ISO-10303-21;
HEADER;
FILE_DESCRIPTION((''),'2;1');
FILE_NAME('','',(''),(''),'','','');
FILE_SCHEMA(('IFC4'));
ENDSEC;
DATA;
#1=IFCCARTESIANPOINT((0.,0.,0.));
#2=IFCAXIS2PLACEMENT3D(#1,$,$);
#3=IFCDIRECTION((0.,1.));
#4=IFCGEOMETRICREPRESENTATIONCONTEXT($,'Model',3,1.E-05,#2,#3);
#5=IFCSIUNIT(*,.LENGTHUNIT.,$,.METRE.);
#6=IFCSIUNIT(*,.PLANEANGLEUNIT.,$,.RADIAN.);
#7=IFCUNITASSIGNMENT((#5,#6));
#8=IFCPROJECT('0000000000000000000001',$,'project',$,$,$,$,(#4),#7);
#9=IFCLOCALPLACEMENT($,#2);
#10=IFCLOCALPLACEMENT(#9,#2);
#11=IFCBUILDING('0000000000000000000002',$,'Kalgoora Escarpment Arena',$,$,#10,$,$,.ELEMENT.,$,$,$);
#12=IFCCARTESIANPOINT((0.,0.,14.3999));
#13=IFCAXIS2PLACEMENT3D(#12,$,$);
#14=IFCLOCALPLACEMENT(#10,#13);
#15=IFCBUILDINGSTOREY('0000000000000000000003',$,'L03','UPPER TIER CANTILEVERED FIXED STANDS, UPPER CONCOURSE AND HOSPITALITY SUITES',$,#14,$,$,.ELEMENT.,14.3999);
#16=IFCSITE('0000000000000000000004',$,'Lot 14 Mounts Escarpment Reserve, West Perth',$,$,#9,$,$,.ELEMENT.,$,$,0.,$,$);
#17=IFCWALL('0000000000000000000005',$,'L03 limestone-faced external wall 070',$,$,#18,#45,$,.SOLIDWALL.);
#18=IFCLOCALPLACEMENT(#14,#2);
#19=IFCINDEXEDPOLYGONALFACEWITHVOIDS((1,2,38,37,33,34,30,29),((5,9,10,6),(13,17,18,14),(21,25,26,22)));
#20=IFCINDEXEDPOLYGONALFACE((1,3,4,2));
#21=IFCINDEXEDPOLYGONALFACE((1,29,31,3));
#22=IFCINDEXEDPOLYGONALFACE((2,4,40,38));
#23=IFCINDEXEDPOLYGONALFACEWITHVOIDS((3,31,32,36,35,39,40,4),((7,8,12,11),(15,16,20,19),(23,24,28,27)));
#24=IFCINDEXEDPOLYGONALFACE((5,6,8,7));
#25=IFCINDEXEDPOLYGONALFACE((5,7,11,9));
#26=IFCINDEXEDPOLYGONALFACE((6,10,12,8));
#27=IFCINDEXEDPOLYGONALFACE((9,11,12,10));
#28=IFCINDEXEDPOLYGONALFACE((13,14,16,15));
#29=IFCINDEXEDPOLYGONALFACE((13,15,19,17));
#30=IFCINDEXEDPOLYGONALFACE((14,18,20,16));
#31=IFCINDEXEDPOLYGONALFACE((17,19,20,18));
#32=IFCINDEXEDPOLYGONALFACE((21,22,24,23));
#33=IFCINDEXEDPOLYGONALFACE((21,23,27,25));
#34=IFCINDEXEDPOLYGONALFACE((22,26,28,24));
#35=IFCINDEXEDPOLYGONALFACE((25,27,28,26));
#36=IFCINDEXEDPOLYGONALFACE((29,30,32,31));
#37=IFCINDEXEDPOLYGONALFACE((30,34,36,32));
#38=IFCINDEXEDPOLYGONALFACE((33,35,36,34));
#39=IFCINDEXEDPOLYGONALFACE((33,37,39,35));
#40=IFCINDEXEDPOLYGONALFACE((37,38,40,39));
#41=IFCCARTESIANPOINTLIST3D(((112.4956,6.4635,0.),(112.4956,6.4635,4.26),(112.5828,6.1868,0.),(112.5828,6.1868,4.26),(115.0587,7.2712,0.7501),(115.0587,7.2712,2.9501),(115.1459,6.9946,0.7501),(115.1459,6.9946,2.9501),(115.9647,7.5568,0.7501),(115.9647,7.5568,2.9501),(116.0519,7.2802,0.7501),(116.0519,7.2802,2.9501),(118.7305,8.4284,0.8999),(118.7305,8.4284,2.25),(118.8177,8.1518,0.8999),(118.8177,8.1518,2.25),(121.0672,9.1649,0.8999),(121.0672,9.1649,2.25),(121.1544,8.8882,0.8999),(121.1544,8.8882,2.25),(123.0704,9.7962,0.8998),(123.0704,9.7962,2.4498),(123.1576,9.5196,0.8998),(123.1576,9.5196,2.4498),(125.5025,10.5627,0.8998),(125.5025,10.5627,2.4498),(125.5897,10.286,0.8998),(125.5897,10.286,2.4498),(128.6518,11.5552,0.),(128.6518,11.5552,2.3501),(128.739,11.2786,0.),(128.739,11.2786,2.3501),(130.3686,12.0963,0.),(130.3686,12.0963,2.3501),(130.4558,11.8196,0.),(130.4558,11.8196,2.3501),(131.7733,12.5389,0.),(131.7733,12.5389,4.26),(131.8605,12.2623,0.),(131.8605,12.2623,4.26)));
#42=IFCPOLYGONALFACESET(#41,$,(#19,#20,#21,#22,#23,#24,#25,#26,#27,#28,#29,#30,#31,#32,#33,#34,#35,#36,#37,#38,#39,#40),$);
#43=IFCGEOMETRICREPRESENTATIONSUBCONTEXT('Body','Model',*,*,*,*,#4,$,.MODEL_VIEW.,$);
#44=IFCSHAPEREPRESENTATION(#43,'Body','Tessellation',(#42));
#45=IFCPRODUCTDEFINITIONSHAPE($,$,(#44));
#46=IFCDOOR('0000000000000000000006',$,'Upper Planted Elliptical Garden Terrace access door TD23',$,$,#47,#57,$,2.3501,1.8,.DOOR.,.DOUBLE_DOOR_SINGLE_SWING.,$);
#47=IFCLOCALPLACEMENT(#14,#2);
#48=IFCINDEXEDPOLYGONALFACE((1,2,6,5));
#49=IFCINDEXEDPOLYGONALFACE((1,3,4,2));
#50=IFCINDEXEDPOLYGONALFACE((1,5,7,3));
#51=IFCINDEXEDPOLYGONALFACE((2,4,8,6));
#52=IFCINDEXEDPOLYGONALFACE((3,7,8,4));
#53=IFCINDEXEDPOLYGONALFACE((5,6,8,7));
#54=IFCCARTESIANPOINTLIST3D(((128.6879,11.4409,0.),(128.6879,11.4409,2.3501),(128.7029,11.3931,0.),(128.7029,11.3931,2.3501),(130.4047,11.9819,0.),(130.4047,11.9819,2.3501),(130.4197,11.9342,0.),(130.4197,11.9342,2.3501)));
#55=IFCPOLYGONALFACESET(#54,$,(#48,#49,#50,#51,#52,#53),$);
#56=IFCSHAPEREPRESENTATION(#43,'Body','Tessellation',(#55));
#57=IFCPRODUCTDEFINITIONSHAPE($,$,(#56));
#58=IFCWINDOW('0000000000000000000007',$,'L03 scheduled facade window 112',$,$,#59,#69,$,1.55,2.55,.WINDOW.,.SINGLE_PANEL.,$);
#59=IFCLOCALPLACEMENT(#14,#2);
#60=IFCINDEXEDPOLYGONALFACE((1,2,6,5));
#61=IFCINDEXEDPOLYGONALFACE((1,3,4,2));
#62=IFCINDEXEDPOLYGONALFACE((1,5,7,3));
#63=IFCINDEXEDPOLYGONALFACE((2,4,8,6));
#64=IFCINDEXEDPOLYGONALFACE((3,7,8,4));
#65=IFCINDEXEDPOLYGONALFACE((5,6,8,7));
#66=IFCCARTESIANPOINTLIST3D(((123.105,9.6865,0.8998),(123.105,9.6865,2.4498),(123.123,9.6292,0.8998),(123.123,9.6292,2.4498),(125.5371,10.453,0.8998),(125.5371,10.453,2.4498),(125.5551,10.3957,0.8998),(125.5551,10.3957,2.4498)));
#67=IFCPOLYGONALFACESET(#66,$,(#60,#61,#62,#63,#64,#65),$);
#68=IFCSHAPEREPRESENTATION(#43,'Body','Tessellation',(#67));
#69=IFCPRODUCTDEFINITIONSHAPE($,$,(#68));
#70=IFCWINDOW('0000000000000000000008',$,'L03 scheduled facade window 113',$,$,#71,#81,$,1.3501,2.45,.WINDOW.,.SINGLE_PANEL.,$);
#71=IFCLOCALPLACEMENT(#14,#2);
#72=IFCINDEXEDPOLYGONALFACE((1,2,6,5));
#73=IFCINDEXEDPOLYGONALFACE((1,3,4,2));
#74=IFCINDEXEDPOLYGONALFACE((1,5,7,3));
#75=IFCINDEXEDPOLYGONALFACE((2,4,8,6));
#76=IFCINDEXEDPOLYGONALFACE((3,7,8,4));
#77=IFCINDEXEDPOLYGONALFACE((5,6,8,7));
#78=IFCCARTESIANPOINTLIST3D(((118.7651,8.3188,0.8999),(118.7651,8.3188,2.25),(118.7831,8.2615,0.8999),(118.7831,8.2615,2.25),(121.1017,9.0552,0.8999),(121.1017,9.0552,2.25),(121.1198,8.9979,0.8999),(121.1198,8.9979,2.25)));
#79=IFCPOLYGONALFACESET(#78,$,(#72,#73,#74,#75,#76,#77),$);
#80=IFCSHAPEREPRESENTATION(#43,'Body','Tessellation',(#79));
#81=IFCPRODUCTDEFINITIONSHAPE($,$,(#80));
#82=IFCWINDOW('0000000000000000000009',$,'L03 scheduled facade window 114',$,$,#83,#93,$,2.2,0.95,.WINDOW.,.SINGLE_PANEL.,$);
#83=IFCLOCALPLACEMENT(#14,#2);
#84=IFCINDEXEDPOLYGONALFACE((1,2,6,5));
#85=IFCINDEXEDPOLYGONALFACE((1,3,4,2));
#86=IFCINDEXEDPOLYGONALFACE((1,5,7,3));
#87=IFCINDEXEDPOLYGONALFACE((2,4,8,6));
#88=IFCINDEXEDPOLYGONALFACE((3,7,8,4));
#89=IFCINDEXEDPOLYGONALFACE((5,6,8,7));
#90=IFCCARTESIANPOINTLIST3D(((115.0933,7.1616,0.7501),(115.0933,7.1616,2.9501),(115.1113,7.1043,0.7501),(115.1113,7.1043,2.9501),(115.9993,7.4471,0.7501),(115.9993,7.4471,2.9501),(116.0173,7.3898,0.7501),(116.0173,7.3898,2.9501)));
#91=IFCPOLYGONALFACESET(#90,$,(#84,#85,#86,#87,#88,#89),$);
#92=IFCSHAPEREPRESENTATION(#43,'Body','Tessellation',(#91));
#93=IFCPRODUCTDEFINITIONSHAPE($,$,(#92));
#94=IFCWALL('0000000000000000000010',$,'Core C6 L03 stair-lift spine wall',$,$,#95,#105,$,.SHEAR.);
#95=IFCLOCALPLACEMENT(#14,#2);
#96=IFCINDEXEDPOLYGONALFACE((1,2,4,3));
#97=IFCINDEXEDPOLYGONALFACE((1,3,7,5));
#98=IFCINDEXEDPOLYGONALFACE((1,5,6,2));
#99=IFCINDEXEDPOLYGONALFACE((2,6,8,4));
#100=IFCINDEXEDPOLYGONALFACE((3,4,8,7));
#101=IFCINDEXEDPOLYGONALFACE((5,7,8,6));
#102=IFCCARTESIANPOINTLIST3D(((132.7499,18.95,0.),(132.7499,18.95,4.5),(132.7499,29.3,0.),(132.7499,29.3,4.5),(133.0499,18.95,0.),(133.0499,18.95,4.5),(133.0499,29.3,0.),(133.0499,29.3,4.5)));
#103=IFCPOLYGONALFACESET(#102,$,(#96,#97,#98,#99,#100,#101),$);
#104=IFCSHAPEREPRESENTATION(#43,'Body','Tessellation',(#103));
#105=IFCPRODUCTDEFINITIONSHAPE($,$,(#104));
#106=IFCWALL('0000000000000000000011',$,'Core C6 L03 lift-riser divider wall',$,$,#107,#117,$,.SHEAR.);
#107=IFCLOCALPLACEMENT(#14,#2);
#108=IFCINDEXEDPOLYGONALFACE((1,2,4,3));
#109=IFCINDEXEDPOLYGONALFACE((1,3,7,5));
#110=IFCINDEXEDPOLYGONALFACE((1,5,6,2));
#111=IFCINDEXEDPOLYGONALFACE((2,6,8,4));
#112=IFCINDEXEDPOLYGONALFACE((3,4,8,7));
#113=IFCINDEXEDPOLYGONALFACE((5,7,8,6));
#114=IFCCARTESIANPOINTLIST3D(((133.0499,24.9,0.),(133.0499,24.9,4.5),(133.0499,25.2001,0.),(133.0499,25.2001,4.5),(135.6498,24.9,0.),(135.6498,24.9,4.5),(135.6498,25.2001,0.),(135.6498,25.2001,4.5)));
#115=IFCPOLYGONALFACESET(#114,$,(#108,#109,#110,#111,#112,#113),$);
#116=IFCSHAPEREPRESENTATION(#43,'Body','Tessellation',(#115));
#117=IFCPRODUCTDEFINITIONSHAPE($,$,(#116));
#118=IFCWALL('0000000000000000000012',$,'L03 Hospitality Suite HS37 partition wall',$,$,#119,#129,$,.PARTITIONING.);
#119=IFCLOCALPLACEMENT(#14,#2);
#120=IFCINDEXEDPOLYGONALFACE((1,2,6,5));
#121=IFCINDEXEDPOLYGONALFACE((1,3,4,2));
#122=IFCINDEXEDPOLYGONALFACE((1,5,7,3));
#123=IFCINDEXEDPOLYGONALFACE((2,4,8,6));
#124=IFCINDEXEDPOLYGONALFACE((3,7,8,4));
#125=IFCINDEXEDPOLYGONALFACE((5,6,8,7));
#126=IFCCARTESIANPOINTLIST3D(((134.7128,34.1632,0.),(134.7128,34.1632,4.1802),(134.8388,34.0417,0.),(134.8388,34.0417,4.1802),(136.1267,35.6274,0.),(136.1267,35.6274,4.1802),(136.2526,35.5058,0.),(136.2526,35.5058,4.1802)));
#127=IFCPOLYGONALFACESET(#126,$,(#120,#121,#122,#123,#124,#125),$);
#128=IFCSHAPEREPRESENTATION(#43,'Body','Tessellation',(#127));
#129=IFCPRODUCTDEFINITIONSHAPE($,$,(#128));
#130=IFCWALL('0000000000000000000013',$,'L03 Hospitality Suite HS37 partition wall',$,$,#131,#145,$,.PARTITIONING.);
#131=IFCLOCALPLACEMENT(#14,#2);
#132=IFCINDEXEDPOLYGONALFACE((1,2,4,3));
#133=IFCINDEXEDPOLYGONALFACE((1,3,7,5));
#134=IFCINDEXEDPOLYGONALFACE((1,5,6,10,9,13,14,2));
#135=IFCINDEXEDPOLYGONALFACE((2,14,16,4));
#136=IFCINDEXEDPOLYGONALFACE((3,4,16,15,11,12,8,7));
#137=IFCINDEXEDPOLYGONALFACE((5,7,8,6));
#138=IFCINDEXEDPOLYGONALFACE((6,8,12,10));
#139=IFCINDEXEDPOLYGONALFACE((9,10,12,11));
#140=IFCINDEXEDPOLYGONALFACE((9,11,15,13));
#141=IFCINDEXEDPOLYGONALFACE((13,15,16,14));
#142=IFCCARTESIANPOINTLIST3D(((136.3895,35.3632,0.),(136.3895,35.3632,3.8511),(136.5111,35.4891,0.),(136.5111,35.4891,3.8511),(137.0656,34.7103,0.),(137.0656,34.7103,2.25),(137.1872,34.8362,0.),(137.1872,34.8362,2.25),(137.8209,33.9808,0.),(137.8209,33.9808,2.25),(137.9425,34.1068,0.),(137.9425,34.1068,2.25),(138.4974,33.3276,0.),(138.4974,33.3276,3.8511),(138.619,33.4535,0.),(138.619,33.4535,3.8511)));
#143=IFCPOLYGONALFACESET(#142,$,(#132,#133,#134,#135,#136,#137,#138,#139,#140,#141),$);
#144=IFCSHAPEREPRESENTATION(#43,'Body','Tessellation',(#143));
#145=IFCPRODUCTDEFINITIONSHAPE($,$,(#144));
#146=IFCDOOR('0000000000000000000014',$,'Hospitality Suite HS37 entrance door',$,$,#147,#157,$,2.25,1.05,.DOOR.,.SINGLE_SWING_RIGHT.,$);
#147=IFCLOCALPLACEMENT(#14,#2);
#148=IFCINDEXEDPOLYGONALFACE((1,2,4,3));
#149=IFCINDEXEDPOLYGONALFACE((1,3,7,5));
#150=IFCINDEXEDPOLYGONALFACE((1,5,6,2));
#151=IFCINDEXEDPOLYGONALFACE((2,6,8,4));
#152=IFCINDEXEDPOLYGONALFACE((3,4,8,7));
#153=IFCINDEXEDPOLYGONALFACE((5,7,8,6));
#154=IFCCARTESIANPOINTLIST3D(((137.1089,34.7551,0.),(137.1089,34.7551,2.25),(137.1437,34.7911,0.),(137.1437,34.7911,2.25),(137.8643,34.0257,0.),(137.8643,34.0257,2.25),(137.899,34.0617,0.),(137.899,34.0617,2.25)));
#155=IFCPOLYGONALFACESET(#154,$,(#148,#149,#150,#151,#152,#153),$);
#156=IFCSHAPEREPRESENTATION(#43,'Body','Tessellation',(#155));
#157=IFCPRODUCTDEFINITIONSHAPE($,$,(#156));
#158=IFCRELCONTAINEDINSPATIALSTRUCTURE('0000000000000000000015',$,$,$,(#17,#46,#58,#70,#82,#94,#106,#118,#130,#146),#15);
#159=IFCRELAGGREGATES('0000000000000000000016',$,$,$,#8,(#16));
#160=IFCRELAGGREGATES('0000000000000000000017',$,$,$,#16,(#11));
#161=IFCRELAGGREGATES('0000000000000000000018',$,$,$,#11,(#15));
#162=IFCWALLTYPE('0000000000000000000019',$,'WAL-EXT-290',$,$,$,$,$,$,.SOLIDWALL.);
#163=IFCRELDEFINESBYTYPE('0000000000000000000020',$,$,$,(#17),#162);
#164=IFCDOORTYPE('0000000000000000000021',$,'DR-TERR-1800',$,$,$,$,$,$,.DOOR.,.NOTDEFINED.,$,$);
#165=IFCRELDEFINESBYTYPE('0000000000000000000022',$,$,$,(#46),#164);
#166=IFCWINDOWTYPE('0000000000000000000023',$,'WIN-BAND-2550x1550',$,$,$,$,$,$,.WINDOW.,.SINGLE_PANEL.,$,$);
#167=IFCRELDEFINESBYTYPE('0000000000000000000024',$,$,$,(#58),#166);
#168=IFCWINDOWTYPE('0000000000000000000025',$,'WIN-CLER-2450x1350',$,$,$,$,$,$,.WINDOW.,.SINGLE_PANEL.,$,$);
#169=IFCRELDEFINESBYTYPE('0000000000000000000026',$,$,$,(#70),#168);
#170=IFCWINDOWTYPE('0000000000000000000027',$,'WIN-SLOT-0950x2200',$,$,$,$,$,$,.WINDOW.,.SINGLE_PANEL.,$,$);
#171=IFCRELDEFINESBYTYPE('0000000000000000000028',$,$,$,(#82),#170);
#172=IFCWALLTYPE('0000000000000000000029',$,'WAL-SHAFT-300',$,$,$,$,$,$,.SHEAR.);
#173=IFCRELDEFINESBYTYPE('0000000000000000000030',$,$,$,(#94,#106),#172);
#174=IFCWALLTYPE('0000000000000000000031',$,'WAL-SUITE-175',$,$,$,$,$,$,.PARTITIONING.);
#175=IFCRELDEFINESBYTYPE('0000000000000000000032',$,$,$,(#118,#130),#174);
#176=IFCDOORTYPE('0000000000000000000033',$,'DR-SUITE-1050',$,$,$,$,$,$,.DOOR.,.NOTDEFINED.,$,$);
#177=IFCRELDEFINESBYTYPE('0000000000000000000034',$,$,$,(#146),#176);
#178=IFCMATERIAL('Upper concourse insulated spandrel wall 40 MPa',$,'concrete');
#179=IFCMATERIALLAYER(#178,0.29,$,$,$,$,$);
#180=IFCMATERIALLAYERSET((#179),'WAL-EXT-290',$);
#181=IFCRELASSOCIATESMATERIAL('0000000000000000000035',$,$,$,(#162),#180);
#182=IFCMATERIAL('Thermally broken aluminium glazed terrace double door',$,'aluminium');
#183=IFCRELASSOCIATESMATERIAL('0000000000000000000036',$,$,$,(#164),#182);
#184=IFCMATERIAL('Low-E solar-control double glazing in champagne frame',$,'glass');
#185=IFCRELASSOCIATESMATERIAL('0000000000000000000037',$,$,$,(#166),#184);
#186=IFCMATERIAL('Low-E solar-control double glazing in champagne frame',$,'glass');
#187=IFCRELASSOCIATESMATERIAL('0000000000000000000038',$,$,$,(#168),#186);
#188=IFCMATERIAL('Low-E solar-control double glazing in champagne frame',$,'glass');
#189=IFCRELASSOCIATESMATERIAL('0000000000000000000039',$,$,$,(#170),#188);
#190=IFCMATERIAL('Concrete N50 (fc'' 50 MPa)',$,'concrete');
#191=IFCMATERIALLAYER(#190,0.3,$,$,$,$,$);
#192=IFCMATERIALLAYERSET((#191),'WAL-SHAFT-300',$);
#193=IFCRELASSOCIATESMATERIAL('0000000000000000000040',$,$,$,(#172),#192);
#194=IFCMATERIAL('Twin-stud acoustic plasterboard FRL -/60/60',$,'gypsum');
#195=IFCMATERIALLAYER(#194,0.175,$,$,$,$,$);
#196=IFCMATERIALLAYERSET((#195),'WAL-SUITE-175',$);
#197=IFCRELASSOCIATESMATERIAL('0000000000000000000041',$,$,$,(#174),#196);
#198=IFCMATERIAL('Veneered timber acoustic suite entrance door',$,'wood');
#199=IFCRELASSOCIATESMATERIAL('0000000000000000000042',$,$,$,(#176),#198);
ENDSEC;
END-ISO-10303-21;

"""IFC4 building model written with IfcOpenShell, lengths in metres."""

from ifc_helpers import new_model, si_unit, direction, frame, frame_2d, origin, place, context, subcontext, project, spatial, rectangle, extrude, material, layer, layer_set, type_object, element, fill, save


model = new_model("IFC4")

# Units and contexts
model_context = context("Model", 3, precision=1e-05, world=origin(), true_north=direction((0.0, 1.0)))
body_context = subcontext(model_context, "Body", "Model", "MODEL_VIEW")
ifc_project = project(units=[si_unit("LENGTHUNIT", "METRE"), si_unit("PLANEANGLEUNIT", "RADIAN")], contexts=[model_context])

# Site, building, storey
site_placement = place(None, origin())
site = spatial("IfcSite", under=ifc_project, at=site_placement, Name="Lot 14 Mounts Escarpment Reserve, West Perth", CompositionType="ELEMENT", RefElevation=0.0)
building_placement = place(site_placement, origin())
building = spatial("IfcBuilding", under=site, at=building_placement, Name="Kalgoora Escarpment Arena", CompositionType="ELEMENT")
storey_placement = place(building_placement, frame((0.0, 0.0, 14.3999)))
storey = spatial("IfcBuildingStorey", under=building, at=storey_placement, Name="L03", Description="UPPER TIER CANTILEVERED FIXED STANDS, UPPER CONCOURSE AND HOSPITALITY SUITES", CompositionType="ELEMENT", Elevation=14.3999)

# Wall, openings, door, windows
ifc_material_1 = material(Name="Upper concourse insulated spandrel wall 40 MPa", Category="concrete")
ifc_layer_1 = layer(ifc_material_1, 0.29)
ifc_layer_set_1 = layer_set([ifc_layer_1], Name="WAL-EXT-290")
wall_type_1 = type_object("IfcWallType", Name="WAL-EXT-290", PredefinedType="SOLIDWALL", material=ifc_layer_set_1)
wall_1_placement = place(storey_placement, frame((131.8169, 12.4006, 0.0), z_axis=(0.0, 0.0, 1.0), x_axis=(-0.953756, -0.300582, 0.0)))
wall_1 = element("IfcWall", 1, at=wall_1_placement, inside=storey, type_object=wall_type_1, Name="L03 limestone-faced external wall 070", PredefinedType="SOLIDWALL", context=body_context, shape_type="SweptSolid", body=[
    extrude(rectangle(XDim=20.2124, YDim=0.29, at=frame_2d((10.1062, 0.0))), origin(), (0.0, 0.0, 1.0), 4.26),
])
opening_1_placement = place(wall_1_placement, frame((1.4729, 0.0, 0.0)))
opening_1 = element("IfcOpeningElement", 2, at=opening_1_placement, cuts=wall_1, PredefinedType="OPENING", context=body_context, shape_type="SweptSolid", body=[
    extrude(rectangle(XDim=1.8, YDim=2.3501, at=frame_2d((0.8999, 1.175))), frame((0.0, 0.155, 0.0), z_axis=(0.0, -1.0, 0.0), x_axis=(1.0, 0.0, 0.0)), (0.0, 0.0, 1.0), 0.3101),
])
opening_2_placement = place(wall_1_placement, frame((6.575, 0.0, 0.8999)))
opening_2 = element("IfcOpeningElement", 3, at=opening_2_placement, cuts=wall_1, PredefinedType="OPENING", context=body_context, shape_type="SweptSolid", body=[
    extrude(rectangle(XDim=2.55, YDim=1.55, at=frame_2d((1.2749, 0.7749))), frame((0.0, 0.155, 0.0), z_axis=(0.0, -1.0, 0.0), x_axis=(1.0, 0.0, 0.0)), (0.0, 0.0, 1.0), 0.3101),
])
opening_3_placement = place(wall_1_placement, frame((11.2251, 0.0, 0.8999)))
opening_3 = element("IfcOpeningElement", 4, at=opening_3_placement, cuts=wall_1, PredefinedType="OPENING", context=body_context, shape_type="SweptSolid", body=[
    extrude(rectangle(XDim=2.45, YDim=1.3501, at=frame_2d((1.2251, 0.675))), frame((0.0, 0.155, 0.0), z_axis=(0.0, -1.0, 0.0), x_axis=(1.0, 0.0, 0.0)), (0.0, 0.0, 1.0), 0.3101),
])
opening_4_placement = place(wall_1_placement, frame((16.575, 0.0, 0.75)))
opening_4 = element("IfcOpeningElement", 5, at=opening_4_placement, cuts=wall_1, PredefinedType="OPENING", context=body_context, shape_type="SweptSolid", body=[
    extrude(rectangle(XDim=0.95, YDim=2.2, at=frame_2d((0.4751, 1.1001))), frame((0.0, 0.155, 0.0), z_axis=(0.0, -1.0, 0.0), x_axis=(1.0, 0.0, 0.0)), (0.0, 0.0, 1.0), 0.3101),
])
ifc_material_2 = material(Name="Thermally broken aluminium glazed terrace double door", Category="aluminium")
door_type_1 = type_object("IfcDoorType", Name="DR-TERR-1800", OperationType="NOTDEFINED", PredefinedType="DOOR", material=ifc_material_2)
door_1_placement = place(opening_1_placement, origin())
door_1 = element("IfcDoor", 6, at=door_1_placement, inside=storey, type_object=door_type_1, Name="Upper Planted Elliptical Garden Terrace access door TD23", OperationType="DOUBLE_DOOR_SINGLE_SWING", OverallHeight=2.3501, OverallWidth=1.8, PredefinedType="DOOR", context=body_context, shape_type="SweptSolid", body=[
    extrude(rectangle(XDim=1.8, YDim=2.3501, at=frame_2d((0.8999, 1.175))), frame((0.0, 0.0249, 0.0), z_axis=(0.0, -1.0, 0.0), x_axis=(1.0, 0.0, 0.0)), (0.0, 0.0, 1.0), 0.05),
])
fill(opening_1, door_1)
ifc_material_3 = material(Name="Low-E solar-control double glazing in champagne frame", Category="glass")
window_type_1 = type_object("IfcWindowType", Name="WIN-BAND-2550x1550", PartitioningType="SINGLE_PANEL", PredefinedType="WINDOW", material=ifc_material_3)
window_1_placement = place(opening_2_placement, origin())
window_1 = element("IfcWindow", 7, at=window_1_placement, inside=storey, type_object=window_type_1, Name="L03 scheduled facade window 112", OverallHeight=1.55, OverallWidth=2.55, PartitioningType="SINGLE_PANEL", PredefinedType="WINDOW", context=body_context, shape_type="SweptSolid", body=[
    extrude(rectangle(XDim=2.55, YDim=1.55, at=frame_2d((1.2749, 0.7749))), frame((0.0, 0.03, 0.0), z_axis=(0.0, -1.0, 0.0), x_axis=(1.0, 0.0, 0.0)), (0.0, 0.0, 1.0), 0.0601),
])
fill(opening_2, window_1)
ifc_material_4 = material(Name="Low-E solar-control double glazing in champagne frame", Category="glass")
window_type_2 = type_object("IfcWindowType", Name="WIN-CLER-2450x1350", PartitioningType="SINGLE_PANEL", PredefinedType="WINDOW", material=ifc_material_4)
window_2_placement = place(opening_3_placement, origin())
window_2 = element("IfcWindow", 8, at=window_2_placement, inside=storey, type_object=window_type_2, Name="L03 scheduled facade window 113", OverallHeight=1.3501, OverallWidth=2.45, PartitioningType="SINGLE_PANEL", PredefinedType="WINDOW", context=body_context, shape_type="SweptSolid", body=[
    extrude(rectangle(XDim=2.45, YDim=1.3501, at=frame_2d((1.2251, 0.675))), frame((0.0, 0.03, 0.0), z_axis=(0.0, -1.0, 0.0), x_axis=(1.0, 0.0, 0.0)), (0.0, 0.0, 1.0), 0.0601),
])
fill(opening_3, window_2)
ifc_material_5 = material(Name="Low-E solar-control double glazing in champagne frame", Category="glass")
window_type_3 = type_object("IfcWindowType", Name="WIN-SLOT-0950x2200", PartitioningType="SINGLE_PANEL", PredefinedType="WINDOW", material=ifc_material_5)
window_3_placement = place(opening_4_placement, origin())
window_3 = element("IfcWindow", 9, at=window_3_placement, inside=storey, type_object=window_type_3, Name="L03 scheduled facade window 114", OverallHeight=2.2, OverallWidth=0.95, PartitioningType="SINGLE_PANEL", PredefinedType="WINDOW", context=body_context, shape_type="SweptSolid", body=[
    extrude(rectangle(XDim=0.95, YDim=2.2, at=frame_2d((0.4751, 1.1001))), frame((0.0, 0.03, 0.0), z_axis=(0.0, -1.0, 0.0), x_axis=(1.0, 0.0, 0.0)), (0.0, 0.0, 1.0), 0.0601),
])
fill(opening_4, window_3)

# Walls
ifc_material_6 = material(Name="Concrete N50 (fc' 50 MPa)", Category="concrete")
ifc_layer_2 = layer(ifc_material_6, 0.3)
ifc_layer_set_2 = layer_set([ifc_layer_2], Name="WAL-SHAFT-300")
wall_type_2 = type_object("IfcWallType", Name="WAL-SHAFT-300", PredefinedType="SHEAR", material=ifc_layer_set_2)
wall_2_placement = place(storey_placement, frame((132.8999, 18.95, 0.0), z_axis=(0.0, 0.0, 1.0), x_axis=(0.0, 1.0, 0.0)))
element("IfcWall", 10, at=wall_2_placement, inside=storey, type_object=wall_type_2, Name="Core C6 L03 stair-lift spine wall", PredefinedType="SHEAR", context=body_context, shape_type="SweptSolid", body=[
    extrude(rectangle(XDim=10.3501, YDim=0.3, at=frame_2d((5.175, 0.0))), origin(), (0.0, 0.0, 1.0), 4.5),
])
wall_3_placement = place(storey_placement, frame((133.05, 25.05, 0.0), z_axis=(0.0, 0.0, 1.0), x_axis=(1.0, 0.0, 0.0)))
element("IfcWall", 11, at=wall_3_placement, inside=storey, type_object=wall_type_2, Name="Core C6 L03 lift-riser divider wall", PredefinedType="SHEAR", context=body_context, shape_type="SweptSolid", body=[
    extrude(rectangle(XDim=2.5999, YDim=0.3, at=frame_2d((1.2998, 0.0))), origin(), (0.0, 0.0, 1.0), 4.5),
])
ifc_material_7 = material(Name="Twin-stud acoustic plasterboard FRL -/60/60", Category="gypsum")
ifc_layer_3 = layer(ifc_material_7, 0.175)
ifc_layer_set_3 = layer_set([ifc_layer_3], Name="WAL-SUITE-175")
wall_type_3 = type_object("IfcWallType", Name="WAL-SUITE-175", PredefinedType="PARTITIONING", material=ifc_layer_set_3)
wall_4_placement = place(storey_placement, frame((134.7759, 34.1025, 0.0), z_axis=(0.0, 0.0, 1.0), x_axis=(0.694644, 0.719354, 0.0)))
element("IfcWall", 12, at=wall_4_placement, inside=storey, type_object=wall_type_3, Name="L03 Hospitality Suite HS37 partition wall", PredefinedType="PARTITIONING", context=body_context, shape_type="SweptSolid", body=[
    extrude(rectangle(XDim=2.0354, YDim=0.175, at=frame_2d((1.0176, 0.0))), origin(), (0.0, 0.0, 1.0), 4.1802),
])

# Wall, opening, door
wall_5_placement = place(storey_placement, frame((136.4502, 35.4263, 0.0), z_axis=(0.0, 0.0, 1.0), x_axis=(0.71933, -0.694669, 0.0)))
wall_5 = element("IfcWall", 13, at=wall_5_placement, inside=storey, type_object=wall_type_3, Name="L03 Hospitality Suite HS37 partition wall", PredefinedType="PARTITIONING", context=body_context, shape_type="SweptSolid", body=[
    extrude(rectangle(XDim=2.9304, YDim=0.175, at=frame_2d((1.4653, 0.0))), origin(), (0.0, 0.0, 1.0), 3.8511),
])
opening_5_placement = place(wall_5_placement, frame((0.9402, 0.0, 0.0)))
opening_5 = element("IfcOpeningElement", 14, at=opening_5_placement, cuts=wall_5, PredefinedType="OPENING", context=body_context, shape_type="SweptSolid", body=[
    extrude(rectangle(XDim=1.05, YDim=2.25, at=frame_2d((0.5249, 1.125))), frame((0.0, 0.0974, 0.0), z_axis=(0.0, -1.0, 0.0), x_axis=(1.0, 0.0, 0.0)), (0.0, 0.0, 1.0), 0.1951),
])
ifc_material_8 = material(Name="Veneered timber acoustic suite entrance door", Category="wood")
door_type_2 = type_object("IfcDoorType", Name="DR-SUITE-1050", OperationType="NOTDEFINED", PredefinedType="DOOR", material=ifc_material_8)
door_2_placement = place(opening_5_placement, origin())
door_2 = element("IfcDoor", 15, at=door_2_placement, inside=storey, type_object=door_type_2, Name="Hospitality Suite HS37 entrance door", OperationType="SINGLE_SWING_RIGHT", OverallHeight=2.25, OverallWidth=1.05, PredefinedType="DOOR", context=body_context, shape_type="SweptSolid", body=[
    extrude(rectangle(XDim=1.05, YDim=2.25, at=frame_2d((0.5249, 1.125))), frame((0.0, 0.0249, 0.0), z_axis=(0.0, -1.0, 0.0), x_axis=(1.0, 0.0, 0.0)), (0.0, 0.0, 1.0), 0.05),
])
fill(opening_5, door_2)

save(model, "model.ifc")
